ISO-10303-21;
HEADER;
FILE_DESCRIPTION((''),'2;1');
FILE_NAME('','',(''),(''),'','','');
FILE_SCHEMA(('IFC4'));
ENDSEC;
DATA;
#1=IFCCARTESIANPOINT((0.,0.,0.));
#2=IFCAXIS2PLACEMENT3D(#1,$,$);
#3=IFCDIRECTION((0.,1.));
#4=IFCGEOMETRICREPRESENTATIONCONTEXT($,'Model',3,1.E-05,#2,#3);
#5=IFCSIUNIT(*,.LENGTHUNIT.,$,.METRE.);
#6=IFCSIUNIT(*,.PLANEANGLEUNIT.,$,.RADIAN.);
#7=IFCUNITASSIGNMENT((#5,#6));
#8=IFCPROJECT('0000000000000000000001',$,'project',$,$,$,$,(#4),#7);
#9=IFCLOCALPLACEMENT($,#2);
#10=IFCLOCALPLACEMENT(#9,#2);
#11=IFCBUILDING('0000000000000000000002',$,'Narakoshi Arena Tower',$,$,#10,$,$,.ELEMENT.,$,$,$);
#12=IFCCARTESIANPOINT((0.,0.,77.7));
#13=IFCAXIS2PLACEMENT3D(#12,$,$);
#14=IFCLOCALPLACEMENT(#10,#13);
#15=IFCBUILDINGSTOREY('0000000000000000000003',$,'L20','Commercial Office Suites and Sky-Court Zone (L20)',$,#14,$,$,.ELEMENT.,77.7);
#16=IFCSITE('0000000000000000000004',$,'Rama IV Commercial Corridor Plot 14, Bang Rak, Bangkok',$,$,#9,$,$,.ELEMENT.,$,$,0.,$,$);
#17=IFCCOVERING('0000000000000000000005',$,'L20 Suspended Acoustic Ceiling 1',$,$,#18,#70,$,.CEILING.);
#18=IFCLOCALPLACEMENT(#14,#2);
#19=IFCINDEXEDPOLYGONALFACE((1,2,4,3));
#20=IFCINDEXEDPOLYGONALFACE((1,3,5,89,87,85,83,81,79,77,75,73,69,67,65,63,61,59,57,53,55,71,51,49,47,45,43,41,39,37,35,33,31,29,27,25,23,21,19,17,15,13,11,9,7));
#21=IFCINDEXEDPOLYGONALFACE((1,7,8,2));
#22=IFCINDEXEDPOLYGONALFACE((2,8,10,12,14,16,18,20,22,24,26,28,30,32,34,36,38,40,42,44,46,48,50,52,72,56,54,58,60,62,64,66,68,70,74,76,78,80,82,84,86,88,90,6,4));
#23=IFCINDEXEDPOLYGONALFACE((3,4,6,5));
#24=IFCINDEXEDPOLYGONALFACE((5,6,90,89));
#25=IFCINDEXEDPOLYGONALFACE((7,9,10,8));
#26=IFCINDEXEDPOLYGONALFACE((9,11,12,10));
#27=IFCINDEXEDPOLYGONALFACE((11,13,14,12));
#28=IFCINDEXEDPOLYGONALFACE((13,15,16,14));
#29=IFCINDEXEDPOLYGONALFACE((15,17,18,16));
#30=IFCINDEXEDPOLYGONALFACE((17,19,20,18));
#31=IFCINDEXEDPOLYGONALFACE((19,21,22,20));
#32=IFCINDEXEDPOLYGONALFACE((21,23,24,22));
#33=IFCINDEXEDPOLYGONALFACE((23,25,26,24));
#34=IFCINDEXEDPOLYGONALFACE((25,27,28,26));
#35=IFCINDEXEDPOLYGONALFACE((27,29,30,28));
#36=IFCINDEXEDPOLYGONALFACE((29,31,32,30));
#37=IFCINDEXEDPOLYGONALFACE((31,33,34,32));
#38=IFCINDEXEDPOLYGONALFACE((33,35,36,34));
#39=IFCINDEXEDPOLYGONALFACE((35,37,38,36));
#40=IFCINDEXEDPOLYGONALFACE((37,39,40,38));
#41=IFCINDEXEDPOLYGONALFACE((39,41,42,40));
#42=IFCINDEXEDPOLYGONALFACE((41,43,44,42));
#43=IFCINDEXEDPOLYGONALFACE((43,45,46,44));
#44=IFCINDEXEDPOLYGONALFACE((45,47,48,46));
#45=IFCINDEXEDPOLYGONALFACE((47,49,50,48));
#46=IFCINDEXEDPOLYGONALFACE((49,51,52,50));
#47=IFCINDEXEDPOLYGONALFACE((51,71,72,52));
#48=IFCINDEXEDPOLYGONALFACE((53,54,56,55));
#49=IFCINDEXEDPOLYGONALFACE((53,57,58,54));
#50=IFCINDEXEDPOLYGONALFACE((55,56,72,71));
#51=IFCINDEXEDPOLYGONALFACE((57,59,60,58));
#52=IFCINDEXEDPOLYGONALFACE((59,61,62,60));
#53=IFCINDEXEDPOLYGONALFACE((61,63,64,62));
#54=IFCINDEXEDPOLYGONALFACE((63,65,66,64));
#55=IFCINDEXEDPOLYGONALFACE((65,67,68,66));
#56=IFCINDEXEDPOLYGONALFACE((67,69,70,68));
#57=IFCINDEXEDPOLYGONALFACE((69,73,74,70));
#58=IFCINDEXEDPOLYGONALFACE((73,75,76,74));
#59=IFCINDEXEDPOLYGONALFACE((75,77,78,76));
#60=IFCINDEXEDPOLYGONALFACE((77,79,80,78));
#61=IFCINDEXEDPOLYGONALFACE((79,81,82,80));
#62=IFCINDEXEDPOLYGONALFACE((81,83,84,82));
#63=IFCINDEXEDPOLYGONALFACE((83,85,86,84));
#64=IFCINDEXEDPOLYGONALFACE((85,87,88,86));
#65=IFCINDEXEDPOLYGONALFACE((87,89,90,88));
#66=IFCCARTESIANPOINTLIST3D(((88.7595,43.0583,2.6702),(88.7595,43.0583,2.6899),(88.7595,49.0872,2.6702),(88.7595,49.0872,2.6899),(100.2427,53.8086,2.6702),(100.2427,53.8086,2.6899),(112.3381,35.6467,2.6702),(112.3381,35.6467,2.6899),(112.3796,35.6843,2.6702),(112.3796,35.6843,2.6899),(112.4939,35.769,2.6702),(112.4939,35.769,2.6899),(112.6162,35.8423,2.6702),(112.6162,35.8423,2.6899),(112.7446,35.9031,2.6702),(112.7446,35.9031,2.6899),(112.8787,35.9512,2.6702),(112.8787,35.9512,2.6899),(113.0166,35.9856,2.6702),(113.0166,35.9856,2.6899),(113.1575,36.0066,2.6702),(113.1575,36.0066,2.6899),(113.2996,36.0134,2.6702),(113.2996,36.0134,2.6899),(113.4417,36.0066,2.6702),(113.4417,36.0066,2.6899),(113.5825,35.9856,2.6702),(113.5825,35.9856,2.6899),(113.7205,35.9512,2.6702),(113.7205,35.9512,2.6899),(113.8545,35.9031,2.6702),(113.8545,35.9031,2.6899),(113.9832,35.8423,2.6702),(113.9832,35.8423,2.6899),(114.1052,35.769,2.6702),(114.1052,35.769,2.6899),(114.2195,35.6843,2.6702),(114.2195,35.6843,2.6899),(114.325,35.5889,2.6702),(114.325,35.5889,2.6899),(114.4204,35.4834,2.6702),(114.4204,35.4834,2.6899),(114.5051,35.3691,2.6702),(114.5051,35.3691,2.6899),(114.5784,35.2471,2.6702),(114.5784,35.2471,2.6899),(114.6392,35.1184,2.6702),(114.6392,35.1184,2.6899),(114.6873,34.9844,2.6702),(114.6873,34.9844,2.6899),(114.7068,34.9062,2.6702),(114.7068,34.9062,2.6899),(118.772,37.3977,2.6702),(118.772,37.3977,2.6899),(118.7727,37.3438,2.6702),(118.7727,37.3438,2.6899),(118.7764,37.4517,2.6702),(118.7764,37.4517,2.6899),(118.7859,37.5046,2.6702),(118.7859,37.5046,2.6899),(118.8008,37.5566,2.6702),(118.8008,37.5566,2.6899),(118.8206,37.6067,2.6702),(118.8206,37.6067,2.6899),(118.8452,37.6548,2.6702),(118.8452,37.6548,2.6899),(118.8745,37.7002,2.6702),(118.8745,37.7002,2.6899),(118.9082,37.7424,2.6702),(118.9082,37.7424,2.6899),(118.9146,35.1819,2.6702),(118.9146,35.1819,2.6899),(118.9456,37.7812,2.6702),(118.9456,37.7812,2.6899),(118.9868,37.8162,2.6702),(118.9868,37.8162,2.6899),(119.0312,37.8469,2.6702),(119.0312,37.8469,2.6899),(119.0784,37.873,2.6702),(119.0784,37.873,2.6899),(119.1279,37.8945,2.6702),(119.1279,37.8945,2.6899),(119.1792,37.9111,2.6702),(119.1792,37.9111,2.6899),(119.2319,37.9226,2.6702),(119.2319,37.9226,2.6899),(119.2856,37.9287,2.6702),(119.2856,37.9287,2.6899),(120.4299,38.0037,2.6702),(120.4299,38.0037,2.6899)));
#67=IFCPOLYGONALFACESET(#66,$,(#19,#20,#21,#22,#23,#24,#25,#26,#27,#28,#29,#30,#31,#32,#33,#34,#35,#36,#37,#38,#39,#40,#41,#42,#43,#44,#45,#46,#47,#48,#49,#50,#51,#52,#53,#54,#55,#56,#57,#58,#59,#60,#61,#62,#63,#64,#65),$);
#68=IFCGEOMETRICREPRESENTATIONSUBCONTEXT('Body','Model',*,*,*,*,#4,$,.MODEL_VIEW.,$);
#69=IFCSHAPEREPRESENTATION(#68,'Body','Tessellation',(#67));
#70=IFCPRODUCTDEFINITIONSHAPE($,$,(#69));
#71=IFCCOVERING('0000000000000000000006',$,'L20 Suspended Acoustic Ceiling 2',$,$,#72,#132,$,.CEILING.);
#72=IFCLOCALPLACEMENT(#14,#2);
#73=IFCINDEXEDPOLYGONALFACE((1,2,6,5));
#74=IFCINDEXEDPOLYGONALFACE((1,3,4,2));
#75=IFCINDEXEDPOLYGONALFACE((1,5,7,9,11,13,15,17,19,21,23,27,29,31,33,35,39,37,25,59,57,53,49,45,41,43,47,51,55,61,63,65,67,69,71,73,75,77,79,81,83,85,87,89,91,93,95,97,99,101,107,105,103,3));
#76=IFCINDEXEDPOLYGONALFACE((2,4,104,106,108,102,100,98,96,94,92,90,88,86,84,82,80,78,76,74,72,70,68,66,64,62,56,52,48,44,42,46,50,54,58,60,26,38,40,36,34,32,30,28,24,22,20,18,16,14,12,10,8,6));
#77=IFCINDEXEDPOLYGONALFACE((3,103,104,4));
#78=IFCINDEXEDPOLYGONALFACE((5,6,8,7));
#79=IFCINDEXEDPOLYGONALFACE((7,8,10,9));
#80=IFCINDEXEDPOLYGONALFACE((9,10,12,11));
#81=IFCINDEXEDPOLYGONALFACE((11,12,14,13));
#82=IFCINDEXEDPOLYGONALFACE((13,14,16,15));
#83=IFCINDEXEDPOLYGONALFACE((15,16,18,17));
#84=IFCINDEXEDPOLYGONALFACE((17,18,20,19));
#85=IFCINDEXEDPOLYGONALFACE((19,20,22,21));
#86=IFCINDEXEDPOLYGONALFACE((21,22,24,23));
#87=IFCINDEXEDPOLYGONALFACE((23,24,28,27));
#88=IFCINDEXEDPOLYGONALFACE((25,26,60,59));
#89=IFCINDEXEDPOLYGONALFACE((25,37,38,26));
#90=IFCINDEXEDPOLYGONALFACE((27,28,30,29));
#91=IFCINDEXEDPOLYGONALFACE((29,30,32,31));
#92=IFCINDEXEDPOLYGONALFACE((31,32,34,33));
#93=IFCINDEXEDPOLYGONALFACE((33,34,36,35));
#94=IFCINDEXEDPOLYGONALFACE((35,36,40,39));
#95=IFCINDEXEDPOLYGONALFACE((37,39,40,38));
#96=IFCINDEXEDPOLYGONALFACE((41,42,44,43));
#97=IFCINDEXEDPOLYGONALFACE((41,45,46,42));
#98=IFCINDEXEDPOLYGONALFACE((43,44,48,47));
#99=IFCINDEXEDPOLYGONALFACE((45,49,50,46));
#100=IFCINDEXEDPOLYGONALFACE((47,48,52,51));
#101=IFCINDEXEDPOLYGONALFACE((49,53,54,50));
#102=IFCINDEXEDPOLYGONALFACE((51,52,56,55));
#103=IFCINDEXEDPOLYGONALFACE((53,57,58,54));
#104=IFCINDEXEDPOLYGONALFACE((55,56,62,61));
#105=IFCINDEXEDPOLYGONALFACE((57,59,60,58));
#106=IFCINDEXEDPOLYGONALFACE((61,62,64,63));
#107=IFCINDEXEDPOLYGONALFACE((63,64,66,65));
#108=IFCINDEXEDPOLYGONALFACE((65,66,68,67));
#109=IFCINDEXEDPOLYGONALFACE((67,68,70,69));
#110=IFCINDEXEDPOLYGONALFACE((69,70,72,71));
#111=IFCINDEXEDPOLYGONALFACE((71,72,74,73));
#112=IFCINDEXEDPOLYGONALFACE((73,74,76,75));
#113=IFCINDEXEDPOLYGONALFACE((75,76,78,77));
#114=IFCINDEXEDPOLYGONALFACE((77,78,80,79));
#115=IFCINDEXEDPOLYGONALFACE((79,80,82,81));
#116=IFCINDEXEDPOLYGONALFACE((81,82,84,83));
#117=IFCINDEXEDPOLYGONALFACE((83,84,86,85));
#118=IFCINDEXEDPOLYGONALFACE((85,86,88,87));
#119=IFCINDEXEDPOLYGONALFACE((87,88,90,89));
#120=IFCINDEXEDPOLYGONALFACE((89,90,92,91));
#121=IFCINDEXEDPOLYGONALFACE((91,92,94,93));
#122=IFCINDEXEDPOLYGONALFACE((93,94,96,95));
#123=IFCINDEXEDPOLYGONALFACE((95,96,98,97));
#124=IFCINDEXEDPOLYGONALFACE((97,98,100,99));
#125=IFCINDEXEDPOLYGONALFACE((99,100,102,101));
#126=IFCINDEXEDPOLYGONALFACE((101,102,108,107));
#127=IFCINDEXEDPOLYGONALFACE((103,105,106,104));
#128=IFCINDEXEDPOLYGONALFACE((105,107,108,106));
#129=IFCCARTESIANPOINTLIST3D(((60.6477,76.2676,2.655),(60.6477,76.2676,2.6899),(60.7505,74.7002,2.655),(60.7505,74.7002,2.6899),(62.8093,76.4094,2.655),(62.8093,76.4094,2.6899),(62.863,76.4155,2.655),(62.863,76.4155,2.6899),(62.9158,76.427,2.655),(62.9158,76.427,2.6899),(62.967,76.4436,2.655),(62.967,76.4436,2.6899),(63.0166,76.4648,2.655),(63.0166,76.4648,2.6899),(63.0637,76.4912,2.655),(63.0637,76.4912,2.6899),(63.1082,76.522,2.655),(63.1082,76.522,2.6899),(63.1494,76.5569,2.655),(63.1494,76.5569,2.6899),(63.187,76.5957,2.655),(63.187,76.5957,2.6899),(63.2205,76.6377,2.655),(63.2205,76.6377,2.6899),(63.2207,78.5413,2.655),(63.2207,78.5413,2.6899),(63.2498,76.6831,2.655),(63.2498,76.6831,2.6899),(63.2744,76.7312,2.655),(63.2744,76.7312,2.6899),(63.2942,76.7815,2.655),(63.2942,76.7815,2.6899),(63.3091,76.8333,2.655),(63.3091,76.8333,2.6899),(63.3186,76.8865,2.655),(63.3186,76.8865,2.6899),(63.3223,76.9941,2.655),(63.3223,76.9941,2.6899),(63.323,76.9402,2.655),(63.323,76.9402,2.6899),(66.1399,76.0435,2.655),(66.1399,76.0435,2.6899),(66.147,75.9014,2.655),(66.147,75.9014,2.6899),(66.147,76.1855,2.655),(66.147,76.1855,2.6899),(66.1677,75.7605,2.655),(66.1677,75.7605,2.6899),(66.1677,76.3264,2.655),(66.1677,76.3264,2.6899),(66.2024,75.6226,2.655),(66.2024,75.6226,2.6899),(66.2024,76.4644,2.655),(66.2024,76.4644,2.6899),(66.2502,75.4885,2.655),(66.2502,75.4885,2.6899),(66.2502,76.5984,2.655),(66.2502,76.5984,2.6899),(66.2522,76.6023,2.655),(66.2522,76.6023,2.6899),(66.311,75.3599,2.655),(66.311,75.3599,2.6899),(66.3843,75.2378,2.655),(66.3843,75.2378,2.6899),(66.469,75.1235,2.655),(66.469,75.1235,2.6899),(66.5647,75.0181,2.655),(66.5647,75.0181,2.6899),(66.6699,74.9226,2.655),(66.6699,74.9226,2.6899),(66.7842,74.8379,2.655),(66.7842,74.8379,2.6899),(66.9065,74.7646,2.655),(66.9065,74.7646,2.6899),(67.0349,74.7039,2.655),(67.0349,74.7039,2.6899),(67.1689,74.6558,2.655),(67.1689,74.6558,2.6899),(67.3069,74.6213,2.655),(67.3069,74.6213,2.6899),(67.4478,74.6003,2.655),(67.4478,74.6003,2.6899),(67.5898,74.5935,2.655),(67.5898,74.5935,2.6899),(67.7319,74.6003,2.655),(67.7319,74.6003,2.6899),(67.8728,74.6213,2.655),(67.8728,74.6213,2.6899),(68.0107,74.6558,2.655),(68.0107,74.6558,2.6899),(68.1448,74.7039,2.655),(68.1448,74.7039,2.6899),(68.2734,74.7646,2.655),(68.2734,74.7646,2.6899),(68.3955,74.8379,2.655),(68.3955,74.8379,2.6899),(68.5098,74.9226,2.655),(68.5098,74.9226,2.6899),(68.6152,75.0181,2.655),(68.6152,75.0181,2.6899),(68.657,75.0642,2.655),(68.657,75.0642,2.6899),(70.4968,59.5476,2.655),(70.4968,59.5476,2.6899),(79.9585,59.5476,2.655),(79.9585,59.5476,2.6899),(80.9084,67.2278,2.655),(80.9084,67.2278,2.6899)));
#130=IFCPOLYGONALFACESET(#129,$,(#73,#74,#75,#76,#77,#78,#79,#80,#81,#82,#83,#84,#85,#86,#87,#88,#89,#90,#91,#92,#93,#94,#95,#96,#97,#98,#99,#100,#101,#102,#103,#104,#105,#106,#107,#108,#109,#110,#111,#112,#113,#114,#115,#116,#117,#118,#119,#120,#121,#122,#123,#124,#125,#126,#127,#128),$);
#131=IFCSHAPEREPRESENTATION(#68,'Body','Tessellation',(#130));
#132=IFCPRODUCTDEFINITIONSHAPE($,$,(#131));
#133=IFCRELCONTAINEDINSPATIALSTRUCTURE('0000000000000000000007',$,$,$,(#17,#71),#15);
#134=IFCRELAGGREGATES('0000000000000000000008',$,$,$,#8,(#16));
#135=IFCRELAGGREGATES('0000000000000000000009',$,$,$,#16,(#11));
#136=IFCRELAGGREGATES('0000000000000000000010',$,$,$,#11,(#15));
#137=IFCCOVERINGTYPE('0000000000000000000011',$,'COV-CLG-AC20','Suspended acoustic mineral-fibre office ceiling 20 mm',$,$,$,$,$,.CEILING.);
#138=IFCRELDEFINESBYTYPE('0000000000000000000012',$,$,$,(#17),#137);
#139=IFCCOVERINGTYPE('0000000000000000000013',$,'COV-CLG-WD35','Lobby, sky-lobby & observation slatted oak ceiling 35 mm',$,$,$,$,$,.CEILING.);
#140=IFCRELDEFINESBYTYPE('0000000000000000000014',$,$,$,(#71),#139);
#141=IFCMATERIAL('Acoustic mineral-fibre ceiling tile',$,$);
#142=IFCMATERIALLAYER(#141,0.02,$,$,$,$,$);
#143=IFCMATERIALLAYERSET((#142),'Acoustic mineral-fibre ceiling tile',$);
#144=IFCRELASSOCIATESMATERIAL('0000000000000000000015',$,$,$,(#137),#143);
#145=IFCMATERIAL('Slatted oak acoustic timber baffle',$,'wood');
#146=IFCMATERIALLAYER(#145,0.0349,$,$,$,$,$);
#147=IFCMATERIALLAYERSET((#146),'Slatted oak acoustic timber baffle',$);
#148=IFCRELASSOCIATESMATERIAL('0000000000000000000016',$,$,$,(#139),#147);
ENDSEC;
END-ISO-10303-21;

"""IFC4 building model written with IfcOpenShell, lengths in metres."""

from ifc_helpers import new_model, si_unit, direction, frame, origin, place, context, subcontext, project, spatial, polyline, outline, extrude, material, layer, layer_set, type_object, element, save


model = new_model("IFC4")

# Units and contexts
model_context = context("Model", 3, precision=1e-05, world=origin(), true_north=direction((0.0, 1.0)))
body_context = subcontext(model_context, "Body", "Model", "MODEL_VIEW")
ifc_project = project(units=[si_unit("LENGTHUNIT", "METRE"), si_unit("PLANEANGLEUNIT", "RADIAN")], contexts=[model_context])

# Site, building, storey
site_placement = place(None, origin())
site = spatial("IfcSite", under=ifc_project, at=site_placement, Name="Rama IV Commercial Corridor Plot 14, Bang Rak, Bangkok", CompositionType="ELEMENT", RefElevation=0.0)
building_placement = place(site_placement, origin())
building = spatial("IfcBuilding", under=site, at=building_placement, Name="Narakoshi Arena Tower", CompositionType="ELEMENT")
storey_placement = place(building_placement, frame((0.0, 0.0, 77.7)))
storey = spatial("IfcBuildingStorey", under=building, at=storey_placement, Name="L20", Description="Commercial Office Suites and Sky-Court Zone (L20)", CompositionType="ELEMENT", Elevation=77.7)

# Coverings
ifc_material_1 = material(Name="Acoustic mineral-fibre ceiling tile")
ifc_layer_1 = layer(ifc_material_1, 0.02)
ifc_layer_set_1 = layer_set([ifc_layer_1], Name="Acoustic mineral-fibre ceiling tile")
covering_type_1 = type_object("IfcCoveringType", Name="COV-CLG-AC20", Description="Suspended acoustic mineral-fibre office ceiling 20 mm", PredefinedType="CEILING", material=ifc_layer_set_1)
covering_1_placement = place(storey_placement, frame((0.0, 0.0, 2.6702)))
element("IfcCovering", 1, at=covering_1_placement, inside=storey, type_object=covering_type_1, Name="L20 Suspended Acoustic Ceiling 1", PredefinedType="CEILING", context=body_context, shape_type="SweptSolid", body=[
    extrude(outline(polyline([(119.2856, 37.9287), (119.2319, 37.9226), (119.1792, 37.9111), (119.1279, 37.8945), (119.0784, 37.873), (119.0312, 37.8469), (118.9868, 37.8162), (118.9456, 37.7812), (118.9082, 37.7424), (118.8745, 37.7002), (118.8452, 37.6548), (118.8206, 37.6067), (118.8008, 37.5566), (118.7859, 37.5046), (118.7764, 37.4517), (118.772, 37.3977), (118.7727, 37.3438), (118.9146, 35.1819), (114.7068, 34.9062), (114.6873, 34.9844), (114.6392, 35.1184), (114.5784, 35.2471), (114.5051, 35.3691), (114.4204, 35.4834), (114.325, 35.5889), (114.2195, 35.6843), (114.1052, 35.769), (113.9832, 35.8423), (113.8545, 35.9031), (113.7205, 35.9512), (113.5825, 35.9856), (113.4417, 36.0066), (113.2996, 36.0134), (113.1575, 36.0066), (113.0166, 35.9856), (112.8787, 35.9512), (112.7446, 35.9031), (112.6162, 35.8423), (112.4939, 35.769), (112.3796, 35.6843), (112.3381, 35.6467), (88.7595, 43.0583), (88.7595, 49.0872), (100.2427, 53.8086), (120.4299, 38.0037), (119.2856, 37.9287)])), origin(), (0.0, 0.0, 1.0), 0.0198),
])
ifc_material_2 = material(Name="Slatted oak acoustic timber baffle", Category="wood")
ifc_layer_2 = layer(ifc_material_2, 0.0349)
ifc_layer_set_2 = layer_set([ifc_layer_2], Name="Slatted oak acoustic timber baffle")
covering_type_2 = type_object("IfcCoveringType", Name="COV-CLG-WD35", Description="Lobby, sky-lobby & observation slatted oak ceiling 35 mm", PredefinedType="CEILING", material=ifc_layer_set_2)
covering_2_placement = place(storey_placement, frame((0.0, 0.0, 2.655)))
element("IfcCovering", 2, at=covering_2_placement, inside=storey, type_object=covering_type_2, Name="L20 Suspended Acoustic Ceiling 2", PredefinedType="CEILING", context=body_context, shape_type="SweptSolid", body=[
    extrude(outline(polyline([(62.863, 76.4155), (62.9158, 76.427), (62.967, 76.4436), (63.0166, 76.4648), (63.0637, 76.4912), (63.1082, 76.522), (63.1494, 76.5569), (63.187, 76.5957), (63.2205, 76.6377), (63.2498, 76.6831), (63.2744, 76.7312), (63.2942, 76.7815), (63.3091, 76.8333), (63.3186, 76.8865), (63.323, 76.9402), (63.3223, 76.9941), (63.2207, 78.5413), (66.2522, 76.6023), (66.2502, 76.5984), (66.2024, 76.4644), (66.1677, 76.3264), (66.147, 76.1855), (66.1399, 76.0435), (66.147, 75.9014), (66.1677, 75.7605), (66.2024, 75.6226), (66.2502, 75.4885), (66.311, 75.3599), (66.3843, 75.2378), (66.469, 75.1235), (66.5647, 75.0181), (66.6699, 74.9226), (66.7842, 74.8379), (66.9065, 74.7646), (67.0349, 74.7039), (67.1689, 74.6558), (67.3069, 74.6213), (67.4478, 74.6003), (67.5898, 74.5935), (67.7319, 74.6003), (67.8728, 74.6213), (68.0107, 74.6558), (68.1448, 74.7039), (68.2734, 74.7646), (68.3955, 74.8379), (68.5098, 74.9226), (68.6152, 75.0181), (68.657, 75.0642), (80.9084, 67.2278), (79.9585, 59.5476), (70.4968, 59.5476), (60.7505, 74.7002), (60.6477, 76.2676), (62.8093, 76.4094), (62.863, 76.4155)])), origin(), (0.0, 0.0, 1.0), 0.0349),
])

save(model, "model.ifc")
